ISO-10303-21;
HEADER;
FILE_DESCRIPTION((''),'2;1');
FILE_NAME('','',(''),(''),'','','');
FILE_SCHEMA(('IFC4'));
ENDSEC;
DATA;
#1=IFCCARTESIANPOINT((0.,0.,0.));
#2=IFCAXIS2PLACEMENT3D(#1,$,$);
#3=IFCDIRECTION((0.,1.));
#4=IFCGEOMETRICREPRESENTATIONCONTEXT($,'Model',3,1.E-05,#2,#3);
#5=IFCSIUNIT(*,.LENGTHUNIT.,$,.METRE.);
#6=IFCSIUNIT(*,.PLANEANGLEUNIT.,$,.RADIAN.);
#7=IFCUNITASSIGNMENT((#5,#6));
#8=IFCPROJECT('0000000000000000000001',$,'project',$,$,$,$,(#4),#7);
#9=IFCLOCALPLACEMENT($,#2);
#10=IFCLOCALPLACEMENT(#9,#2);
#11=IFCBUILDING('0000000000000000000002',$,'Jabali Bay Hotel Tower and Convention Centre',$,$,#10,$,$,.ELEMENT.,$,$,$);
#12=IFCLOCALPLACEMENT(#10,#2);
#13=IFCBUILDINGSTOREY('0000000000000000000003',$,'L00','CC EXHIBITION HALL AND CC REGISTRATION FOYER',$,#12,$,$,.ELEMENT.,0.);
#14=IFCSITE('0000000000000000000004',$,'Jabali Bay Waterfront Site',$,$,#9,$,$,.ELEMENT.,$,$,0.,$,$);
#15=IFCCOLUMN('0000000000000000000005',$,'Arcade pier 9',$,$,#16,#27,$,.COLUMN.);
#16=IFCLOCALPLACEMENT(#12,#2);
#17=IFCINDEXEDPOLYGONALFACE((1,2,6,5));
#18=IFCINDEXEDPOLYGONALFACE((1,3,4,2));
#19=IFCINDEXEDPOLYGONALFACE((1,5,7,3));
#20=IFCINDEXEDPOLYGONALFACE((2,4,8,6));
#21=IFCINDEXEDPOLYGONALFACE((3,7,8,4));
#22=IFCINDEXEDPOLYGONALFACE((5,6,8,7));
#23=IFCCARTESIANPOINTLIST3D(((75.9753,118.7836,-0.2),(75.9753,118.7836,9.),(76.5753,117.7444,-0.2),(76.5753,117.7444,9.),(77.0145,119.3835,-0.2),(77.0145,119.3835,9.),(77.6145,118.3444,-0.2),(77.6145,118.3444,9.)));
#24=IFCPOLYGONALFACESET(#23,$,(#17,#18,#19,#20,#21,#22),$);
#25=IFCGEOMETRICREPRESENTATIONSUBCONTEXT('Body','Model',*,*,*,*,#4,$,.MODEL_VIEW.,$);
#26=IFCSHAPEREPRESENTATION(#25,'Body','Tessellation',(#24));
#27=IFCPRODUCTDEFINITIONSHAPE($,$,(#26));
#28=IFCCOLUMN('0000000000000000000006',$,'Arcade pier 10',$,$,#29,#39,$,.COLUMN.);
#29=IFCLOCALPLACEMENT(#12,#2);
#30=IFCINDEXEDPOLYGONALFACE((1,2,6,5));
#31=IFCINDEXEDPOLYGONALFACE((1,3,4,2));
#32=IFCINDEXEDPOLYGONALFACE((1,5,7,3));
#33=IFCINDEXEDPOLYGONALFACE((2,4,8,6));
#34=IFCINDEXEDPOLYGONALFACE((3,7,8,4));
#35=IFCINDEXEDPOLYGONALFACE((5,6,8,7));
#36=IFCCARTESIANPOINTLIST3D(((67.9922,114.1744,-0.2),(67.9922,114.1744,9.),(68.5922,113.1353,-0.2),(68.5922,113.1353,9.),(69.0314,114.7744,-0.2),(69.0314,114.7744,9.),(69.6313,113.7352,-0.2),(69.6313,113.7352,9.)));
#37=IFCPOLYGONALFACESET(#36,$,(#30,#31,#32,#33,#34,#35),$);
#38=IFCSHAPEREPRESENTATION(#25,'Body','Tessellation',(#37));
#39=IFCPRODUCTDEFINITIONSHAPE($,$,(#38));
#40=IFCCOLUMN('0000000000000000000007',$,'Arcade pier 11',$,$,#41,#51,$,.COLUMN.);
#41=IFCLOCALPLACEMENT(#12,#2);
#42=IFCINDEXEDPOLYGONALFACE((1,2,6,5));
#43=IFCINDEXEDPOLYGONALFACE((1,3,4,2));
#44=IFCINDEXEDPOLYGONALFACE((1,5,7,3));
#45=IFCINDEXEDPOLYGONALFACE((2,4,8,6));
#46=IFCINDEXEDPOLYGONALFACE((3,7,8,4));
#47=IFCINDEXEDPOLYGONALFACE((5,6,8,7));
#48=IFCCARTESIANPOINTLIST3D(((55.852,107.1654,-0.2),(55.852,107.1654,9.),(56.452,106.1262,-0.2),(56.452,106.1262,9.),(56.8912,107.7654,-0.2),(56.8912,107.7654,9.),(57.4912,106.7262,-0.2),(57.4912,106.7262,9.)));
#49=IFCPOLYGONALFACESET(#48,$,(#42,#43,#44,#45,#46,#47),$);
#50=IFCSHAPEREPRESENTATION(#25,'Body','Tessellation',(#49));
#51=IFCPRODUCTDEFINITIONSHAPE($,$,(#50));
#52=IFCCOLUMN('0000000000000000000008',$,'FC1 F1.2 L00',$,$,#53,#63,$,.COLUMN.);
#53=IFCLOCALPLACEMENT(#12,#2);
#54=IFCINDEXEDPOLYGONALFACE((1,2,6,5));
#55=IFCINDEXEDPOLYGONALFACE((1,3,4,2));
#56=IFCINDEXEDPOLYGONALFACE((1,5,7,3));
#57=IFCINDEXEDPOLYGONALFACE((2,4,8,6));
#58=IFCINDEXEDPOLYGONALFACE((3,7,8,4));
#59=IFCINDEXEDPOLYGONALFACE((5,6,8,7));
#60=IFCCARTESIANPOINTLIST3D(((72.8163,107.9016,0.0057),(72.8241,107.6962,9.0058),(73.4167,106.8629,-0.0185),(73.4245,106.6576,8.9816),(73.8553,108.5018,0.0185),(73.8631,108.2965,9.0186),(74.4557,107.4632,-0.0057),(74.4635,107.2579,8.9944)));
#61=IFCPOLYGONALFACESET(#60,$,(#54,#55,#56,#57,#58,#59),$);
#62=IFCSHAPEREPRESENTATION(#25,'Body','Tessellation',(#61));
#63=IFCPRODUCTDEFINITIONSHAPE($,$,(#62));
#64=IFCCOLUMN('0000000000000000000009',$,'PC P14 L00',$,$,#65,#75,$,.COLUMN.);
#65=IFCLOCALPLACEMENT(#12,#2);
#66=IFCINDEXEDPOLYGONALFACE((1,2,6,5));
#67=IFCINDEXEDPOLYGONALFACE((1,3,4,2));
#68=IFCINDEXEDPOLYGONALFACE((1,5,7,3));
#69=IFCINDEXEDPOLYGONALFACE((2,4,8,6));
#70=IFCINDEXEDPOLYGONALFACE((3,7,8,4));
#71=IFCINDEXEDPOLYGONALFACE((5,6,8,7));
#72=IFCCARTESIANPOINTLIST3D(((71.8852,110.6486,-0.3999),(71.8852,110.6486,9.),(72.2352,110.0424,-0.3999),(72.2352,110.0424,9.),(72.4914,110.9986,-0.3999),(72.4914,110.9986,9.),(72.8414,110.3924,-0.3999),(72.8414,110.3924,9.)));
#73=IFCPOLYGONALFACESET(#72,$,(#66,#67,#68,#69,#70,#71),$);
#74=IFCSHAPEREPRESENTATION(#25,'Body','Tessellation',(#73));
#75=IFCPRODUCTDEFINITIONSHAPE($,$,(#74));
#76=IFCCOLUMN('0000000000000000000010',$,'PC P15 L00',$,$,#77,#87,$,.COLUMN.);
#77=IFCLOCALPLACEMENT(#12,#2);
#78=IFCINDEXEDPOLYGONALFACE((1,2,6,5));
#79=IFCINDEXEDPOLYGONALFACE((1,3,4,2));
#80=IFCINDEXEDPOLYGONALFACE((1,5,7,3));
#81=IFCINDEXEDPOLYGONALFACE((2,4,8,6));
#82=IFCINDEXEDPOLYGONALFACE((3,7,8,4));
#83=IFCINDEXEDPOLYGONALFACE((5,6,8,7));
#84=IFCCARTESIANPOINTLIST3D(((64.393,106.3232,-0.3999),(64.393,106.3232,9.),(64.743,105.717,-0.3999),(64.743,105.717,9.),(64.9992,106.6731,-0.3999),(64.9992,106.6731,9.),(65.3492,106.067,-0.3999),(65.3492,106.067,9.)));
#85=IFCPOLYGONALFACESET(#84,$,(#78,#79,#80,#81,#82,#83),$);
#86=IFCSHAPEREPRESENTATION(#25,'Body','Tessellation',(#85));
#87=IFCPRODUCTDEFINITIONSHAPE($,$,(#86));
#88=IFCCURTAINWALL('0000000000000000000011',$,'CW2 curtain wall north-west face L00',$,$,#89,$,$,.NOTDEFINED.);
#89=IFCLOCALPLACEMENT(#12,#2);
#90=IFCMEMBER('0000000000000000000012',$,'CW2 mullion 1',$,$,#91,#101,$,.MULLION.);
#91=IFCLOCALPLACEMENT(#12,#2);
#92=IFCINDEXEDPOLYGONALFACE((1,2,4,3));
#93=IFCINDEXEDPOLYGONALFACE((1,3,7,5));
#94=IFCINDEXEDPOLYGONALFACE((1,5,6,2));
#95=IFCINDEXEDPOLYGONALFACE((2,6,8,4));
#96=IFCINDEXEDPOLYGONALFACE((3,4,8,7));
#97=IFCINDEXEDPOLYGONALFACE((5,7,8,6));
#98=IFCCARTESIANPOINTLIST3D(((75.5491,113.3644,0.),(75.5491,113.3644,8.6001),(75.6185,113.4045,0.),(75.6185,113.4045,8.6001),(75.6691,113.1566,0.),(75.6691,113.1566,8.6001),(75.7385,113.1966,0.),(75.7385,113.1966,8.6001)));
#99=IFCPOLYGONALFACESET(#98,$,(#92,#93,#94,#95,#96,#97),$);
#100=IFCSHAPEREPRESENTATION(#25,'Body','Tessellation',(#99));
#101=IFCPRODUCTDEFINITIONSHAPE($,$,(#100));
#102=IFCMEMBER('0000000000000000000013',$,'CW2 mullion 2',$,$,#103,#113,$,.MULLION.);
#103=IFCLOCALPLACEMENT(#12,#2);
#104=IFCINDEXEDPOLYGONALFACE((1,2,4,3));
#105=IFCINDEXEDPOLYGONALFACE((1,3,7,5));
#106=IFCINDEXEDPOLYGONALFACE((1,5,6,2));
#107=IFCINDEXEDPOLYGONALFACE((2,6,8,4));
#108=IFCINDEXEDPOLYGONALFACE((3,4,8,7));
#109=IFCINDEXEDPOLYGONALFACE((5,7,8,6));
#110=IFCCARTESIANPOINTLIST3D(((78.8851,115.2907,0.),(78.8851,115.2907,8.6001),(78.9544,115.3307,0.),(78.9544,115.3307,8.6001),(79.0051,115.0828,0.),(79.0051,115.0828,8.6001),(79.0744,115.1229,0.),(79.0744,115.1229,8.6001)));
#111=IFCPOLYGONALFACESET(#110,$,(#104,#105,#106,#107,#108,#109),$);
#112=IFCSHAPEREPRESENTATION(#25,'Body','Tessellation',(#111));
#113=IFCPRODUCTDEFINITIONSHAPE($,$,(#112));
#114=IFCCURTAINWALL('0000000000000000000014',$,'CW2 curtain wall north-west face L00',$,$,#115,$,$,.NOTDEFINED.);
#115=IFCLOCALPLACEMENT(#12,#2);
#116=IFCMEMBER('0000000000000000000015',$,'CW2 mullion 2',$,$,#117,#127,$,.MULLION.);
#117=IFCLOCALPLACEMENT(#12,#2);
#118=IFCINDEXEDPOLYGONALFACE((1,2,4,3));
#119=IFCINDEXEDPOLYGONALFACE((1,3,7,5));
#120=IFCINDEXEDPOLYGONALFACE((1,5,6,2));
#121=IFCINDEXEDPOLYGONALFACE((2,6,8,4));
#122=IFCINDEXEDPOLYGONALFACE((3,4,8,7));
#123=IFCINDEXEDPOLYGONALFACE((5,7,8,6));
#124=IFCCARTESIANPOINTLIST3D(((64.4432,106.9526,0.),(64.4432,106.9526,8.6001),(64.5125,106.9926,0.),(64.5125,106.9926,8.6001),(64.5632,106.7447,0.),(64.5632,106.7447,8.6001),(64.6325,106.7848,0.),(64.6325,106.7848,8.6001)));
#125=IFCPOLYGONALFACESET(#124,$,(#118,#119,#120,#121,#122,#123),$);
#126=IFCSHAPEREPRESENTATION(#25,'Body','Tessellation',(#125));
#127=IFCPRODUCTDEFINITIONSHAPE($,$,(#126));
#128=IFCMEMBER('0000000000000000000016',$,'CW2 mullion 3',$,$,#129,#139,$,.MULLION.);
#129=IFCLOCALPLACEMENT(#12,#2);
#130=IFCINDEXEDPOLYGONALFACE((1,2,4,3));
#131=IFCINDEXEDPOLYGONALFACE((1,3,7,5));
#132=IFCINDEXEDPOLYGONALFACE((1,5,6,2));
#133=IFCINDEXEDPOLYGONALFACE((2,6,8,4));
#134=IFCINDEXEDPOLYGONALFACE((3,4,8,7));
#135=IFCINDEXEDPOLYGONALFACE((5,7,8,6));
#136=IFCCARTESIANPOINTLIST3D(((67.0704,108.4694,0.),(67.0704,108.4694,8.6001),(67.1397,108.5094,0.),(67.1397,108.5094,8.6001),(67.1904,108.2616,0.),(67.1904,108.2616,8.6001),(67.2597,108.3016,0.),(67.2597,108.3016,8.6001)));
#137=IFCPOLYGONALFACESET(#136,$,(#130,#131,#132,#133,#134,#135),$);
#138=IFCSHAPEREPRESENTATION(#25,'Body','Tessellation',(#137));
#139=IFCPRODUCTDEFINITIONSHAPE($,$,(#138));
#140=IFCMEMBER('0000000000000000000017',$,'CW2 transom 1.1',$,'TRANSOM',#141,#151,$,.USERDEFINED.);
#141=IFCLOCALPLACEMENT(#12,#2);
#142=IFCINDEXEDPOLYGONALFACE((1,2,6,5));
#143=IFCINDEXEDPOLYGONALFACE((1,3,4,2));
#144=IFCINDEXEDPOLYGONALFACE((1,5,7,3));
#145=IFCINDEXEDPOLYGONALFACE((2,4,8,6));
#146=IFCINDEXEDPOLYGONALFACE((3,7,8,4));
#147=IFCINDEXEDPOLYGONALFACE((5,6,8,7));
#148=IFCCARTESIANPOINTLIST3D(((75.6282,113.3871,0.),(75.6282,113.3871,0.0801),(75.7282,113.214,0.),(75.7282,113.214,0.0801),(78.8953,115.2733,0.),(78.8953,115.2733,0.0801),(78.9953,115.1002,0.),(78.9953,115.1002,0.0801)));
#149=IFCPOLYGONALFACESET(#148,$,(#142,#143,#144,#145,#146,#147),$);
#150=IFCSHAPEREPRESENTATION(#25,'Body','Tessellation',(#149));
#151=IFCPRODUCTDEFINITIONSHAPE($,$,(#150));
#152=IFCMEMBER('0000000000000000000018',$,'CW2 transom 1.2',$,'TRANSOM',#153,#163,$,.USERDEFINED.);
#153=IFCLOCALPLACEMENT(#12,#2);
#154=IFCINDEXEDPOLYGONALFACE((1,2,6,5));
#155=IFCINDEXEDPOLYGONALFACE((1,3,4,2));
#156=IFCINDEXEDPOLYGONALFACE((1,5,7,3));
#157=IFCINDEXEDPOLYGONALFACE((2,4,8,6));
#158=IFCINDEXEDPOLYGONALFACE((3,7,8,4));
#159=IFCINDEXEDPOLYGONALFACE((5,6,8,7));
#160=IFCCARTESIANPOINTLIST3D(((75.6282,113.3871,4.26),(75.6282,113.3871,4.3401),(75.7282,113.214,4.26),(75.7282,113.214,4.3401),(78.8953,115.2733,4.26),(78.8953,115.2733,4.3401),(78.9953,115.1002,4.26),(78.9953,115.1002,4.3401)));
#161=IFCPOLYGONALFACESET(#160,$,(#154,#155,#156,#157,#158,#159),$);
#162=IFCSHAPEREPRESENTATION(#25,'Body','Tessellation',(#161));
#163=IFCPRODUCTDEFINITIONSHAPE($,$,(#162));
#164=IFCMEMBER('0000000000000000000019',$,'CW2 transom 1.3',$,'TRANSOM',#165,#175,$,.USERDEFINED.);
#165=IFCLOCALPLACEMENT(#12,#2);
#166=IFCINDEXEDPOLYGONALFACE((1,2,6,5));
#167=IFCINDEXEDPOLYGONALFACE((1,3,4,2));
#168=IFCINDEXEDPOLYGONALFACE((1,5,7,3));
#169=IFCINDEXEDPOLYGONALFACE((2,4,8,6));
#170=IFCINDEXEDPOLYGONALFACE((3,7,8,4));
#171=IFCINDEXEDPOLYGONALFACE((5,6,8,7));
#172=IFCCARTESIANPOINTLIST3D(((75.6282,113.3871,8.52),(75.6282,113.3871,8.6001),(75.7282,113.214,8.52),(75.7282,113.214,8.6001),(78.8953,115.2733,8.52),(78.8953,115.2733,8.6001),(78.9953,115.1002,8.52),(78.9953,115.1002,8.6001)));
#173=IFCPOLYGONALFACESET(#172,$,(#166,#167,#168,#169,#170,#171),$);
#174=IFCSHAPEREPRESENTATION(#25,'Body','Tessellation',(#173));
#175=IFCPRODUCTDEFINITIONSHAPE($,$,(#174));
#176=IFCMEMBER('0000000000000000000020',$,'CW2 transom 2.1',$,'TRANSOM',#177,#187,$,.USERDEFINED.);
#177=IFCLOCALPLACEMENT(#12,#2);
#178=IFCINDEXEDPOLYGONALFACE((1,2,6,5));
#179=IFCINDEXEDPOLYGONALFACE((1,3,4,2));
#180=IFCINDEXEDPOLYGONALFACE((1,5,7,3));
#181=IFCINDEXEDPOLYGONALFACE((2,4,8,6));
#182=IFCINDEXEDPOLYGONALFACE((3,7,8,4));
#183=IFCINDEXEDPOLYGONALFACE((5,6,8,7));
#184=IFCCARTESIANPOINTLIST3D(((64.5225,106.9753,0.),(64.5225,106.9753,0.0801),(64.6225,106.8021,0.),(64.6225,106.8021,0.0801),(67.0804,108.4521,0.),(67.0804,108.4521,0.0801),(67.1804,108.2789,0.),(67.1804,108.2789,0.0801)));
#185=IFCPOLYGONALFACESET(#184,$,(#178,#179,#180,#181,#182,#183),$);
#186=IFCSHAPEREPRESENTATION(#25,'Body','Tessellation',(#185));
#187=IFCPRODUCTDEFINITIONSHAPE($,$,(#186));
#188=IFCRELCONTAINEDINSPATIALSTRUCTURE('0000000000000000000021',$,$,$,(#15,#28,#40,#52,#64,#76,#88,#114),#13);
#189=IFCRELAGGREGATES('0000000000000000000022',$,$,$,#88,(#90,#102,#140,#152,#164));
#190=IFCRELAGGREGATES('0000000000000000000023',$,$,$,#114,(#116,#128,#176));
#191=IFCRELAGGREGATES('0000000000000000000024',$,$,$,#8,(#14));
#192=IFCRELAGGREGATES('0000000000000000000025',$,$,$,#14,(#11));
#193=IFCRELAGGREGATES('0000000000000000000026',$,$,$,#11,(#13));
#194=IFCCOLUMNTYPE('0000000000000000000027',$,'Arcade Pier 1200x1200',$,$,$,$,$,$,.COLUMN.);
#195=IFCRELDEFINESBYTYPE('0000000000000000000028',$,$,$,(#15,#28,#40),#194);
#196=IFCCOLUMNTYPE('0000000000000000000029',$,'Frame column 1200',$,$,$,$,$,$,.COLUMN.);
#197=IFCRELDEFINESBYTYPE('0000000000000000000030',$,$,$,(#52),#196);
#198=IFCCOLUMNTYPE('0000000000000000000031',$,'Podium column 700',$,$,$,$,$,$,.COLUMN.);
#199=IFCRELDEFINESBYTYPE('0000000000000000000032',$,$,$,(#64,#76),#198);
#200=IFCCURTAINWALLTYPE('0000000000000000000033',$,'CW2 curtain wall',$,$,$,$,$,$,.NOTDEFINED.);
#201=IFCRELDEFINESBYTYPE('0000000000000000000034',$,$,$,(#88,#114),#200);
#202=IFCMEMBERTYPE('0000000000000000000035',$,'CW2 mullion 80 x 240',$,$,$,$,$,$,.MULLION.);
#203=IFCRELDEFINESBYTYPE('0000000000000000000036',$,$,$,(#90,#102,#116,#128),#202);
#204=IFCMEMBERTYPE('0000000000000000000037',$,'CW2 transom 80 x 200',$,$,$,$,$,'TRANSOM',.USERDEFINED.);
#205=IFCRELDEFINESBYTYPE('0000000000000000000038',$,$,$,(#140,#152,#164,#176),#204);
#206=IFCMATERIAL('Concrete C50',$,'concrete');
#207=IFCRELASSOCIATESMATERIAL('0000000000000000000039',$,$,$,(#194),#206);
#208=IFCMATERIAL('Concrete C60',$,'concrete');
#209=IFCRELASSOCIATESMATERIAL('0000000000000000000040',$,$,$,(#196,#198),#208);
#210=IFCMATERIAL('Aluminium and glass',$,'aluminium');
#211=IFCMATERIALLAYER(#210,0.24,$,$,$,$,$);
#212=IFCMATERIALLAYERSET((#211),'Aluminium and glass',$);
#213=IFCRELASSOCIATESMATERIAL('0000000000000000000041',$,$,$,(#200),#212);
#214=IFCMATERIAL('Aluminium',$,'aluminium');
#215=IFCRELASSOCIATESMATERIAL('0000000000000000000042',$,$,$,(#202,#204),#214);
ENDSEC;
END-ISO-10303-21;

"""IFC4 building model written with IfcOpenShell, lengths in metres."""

from ifc_helpers import new_model, si_unit, direction, frame, origin, origin_2d, place, context, subcontext, project, spatial, rectangle, extrude, material, layer, layer_set, material_profile, profile_set, type_object, element, aggregate, save


model = new_model("IFC4")

# Units and contexts
model_context = context("Model", 3, precision=1e-05, world=origin(), true_north=direction((0.0, 1.0)))
body_context = subcontext(model_context, "Body", "Model", "MODEL_VIEW")
ifc_project = project(units=[si_unit("LENGTHUNIT", "METRE"), si_unit("PLANEANGLEUNIT", "RADIAN")], contexts=[model_context])

# Site, building, storey
site_placement = place(None, origin())
site = spatial("IfcSite", under=ifc_project, at=site_placement, Name="Jabali Bay Waterfront Site", CompositionType="ELEMENT", RefElevation=0.0)
building_placement = place(site_placement, origin())
building = spatial("IfcBuilding", under=site, at=building_placement, Name="Jabali Bay Hotel Tower and Convention Centre", CompositionType="ELEMENT")
storey_placement = place(building_placement, origin())
storey = spatial("IfcBuildingStorey", under=building, at=storey_placement, Name="L00", Description="CC EXHIBITION HALL AND CC REGISTRATION FOYER", CompositionType="ELEMENT", Elevation=0.0)

# Columns
ifc_material_1 = material(Name="Concrete C50", Category="concrete")
ifc_material_profile_1 = material_profile(ifc_material_1, rectangle(XDim=1.2, YDim=1.2, at=origin_2d()), Name="RC 1200x1200")
ifc_profile_set_1 = profile_set([ifc_material_profile_1], Name="Concrete C50")
column_type_1 = type_object("IfcColumnType", Name="Arcade Pier 1200x1200", PredefinedType="COLUMN", material=ifc_profile_set_1)
for number, where, z_axis, x_axis, name in (
    (1, (76.7949, 118.564, -0.2), (0.0, 0.0, 1.0), (-0.866025, -0.5, 0.0), "Arcade pier 9"),
    (2, (68.8118, 113.9548, -0.2), (0.0, 0.0, 1.0), (-0.866025, -0.5, 0.0), "Arcade pier 10"),
    (3, (56.6716, 106.9458, -0.2), (0.0, 0.0, 1.0), (-0.866025, -0.5, 0.0), "Arcade pier 11"),
):
    element("IfcColumn", number, at=place(storey_placement, frame(where, z_axis=z_axis, x_axis=x_axis)), inside=storey, type_object=column_type_1, Name=name, PredefinedType="COLUMN", context=body_context, shape_type="SweptSolid", body=[
        extrude(rectangle(XDim=1.2, YDim=1.2, at=origin_2d()), origin(), (0.0, 0.0, 1.0), 9.2),
    ])
ifc_material_2 = material(Name="Concrete C60", Category="concrete")
ifc_material_profile_2 = material_profile(ifc_material_2, rectangle(XDim=1.2, YDim=1.2, at=origin_2d()), Name="Frame column 1200")
ifc_profile_set_2 = profile_set([ifc_material_profile_2], Name="Concrete C60")
column_type_2 = type_object("IfcColumnType", Name="Frame column 1200", PredefinedType="COLUMN", material=ifc_profile_set_2)
column_placement = place(storey_placement, frame((73.636, 107.6824, 0.0), z_axis=(0.000868, -0.022808, 0.999739), x_axis=(0.86582, 0.500243, 0.010661)))
element("IfcColumn", 4, at=column_placement, inside=storey, type_object=column_type_2, Name="FC1 F1.2 L00", PredefinedType="COLUMN", context=body_context, shape_type="SweptSolid", body=[
    extrude(rectangle(XDim=1.2, YDim=1.2, at=origin_2d()), origin(), (0.0, 0.0, 1.0), 9.0024),
])
ifc_material_profile_3 = material_profile(ifc_material_2, rectangle(XDim=0.7, YDim=0.7, at=origin_2d()), Name="Podium column 700")
ifc_profile_set_3 = profile_set([ifc_material_profile_3], Name="Concrete C60")
column_type_3 = type_object("IfcColumnType", Name="Podium column 700", PredefinedType="COLUMN", material=ifc_profile_set_3)
for number, where, z_axis, x_axis, name in (
    (5, (72.3633, 110.5205, -0.3999), (0.0, 0.0, 1.0), (0.866025, 0.5, 0.0), "PC P14 L00"),
    (6, (64.8711, 106.1951, -0.3999), (0.0, 0.0, 1.0), (0.866025, 0.5, 0.0), "PC P15 L00"),
):
    element("IfcColumn", number, at=place(storey_placement, frame(where, z_axis=z_axis, x_axis=x_axis)), inside=storey, type_object=column_type_3, Name=name, PredefinedType="COLUMN", context=body_context, shape_type="SweptSolid", body=[
        extrude(rectangle(XDim=0.7, YDim=0.7, at=origin_2d()), origin(), (0.0, 0.0, 1.0), 9.3999),
    ])

# Curtain walls, members
ifc_material_3 = material(Name="Aluminium and glass", Category="aluminium")
ifc_layer_1 = layer(ifc_material_3, 0.24)
ifc_layer_set_1 = layer_set([ifc_layer_1], Name="Aluminium and glass")
curtain_wall_type = type_object("IfcCurtainWallType", Name="CW2 curtain wall", PredefinedType="NOTDEFINED", material=ifc_layer_set_1)
curtain_wall_1_placement = place(storey_placement, origin())
curtain_wall_1 = element("IfcCurtainWall", 7, at=curtain_wall_1_placement, inside=storey, type_object=curtain_wall_type, Name="CW2 curtain wall north-west face L00", PredefinedType="NOTDEFINED")
ifc_material_4 = material(Name="Aluminium", Category="aluminium")
ifc_material_profile_4 = material_profile(ifc_material_4, rectangle(XDim=0.24, YDim=0.0801, at=origin_2d()), Name="CW2 mullion 80 x 240")
ifc_profile_set_4 = profile_set([ifc_material_profile_4], Name="Aluminium")
member_type_1 = type_object("IfcMemberType", Name="CW2 mullion 80 x 240", PredefinedType="MULLION", material=ifc_profile_set_4)
member_1_placement = place(storey_placement, frame((75.6438, 113.2805, 0.0), z_axis=(0.0, 0.0, 1.0), x_axis=(-0.5, 0.866025, 0.0)))
member_1 = element("IfcMember", 8, at=member_1_placement, type_object=member_type_1, Name="CW2 mullion 1", PredefinedType="MULLION", context=body_context, shape_type="SweptSolid", body=[
    extrude(rectangle(XDim=0.24, YDim=0.0801, at=origin_2d()), origin(), (0.0, 0.0, 1.0), 8.6001),
])
member_2_placement = place(storey_placement, frame((78.9797, 115.2068, 0.0), z_axis=(0.0, 0.0, 1.0), x_axis=(-0.5, 0.866025, 0.0)))
member_2 = element("IfcMember", 9, at=member_2_placement, type_object=member_type_1, Name="CW2 mullion 2", PredefinedType="MULLION", context=body_context, shape_type="SweptSolid", body=[
    extrude(rectangle(XDim=0.24, YDim=0.0801, at=origin_2d()), origin(), (0.0, 0.0, 1.0), 8.6001),
])
curtain_wall_2_placement = place(storey_placement, origin())
curtain_wall_2 = element("IfcCurtainWall", 10, at=curtain_wall_2_placement, inside=storey, type_object=curtain_wall_type, Name="CW2 curtain wall north-west face L00", PredefinedType="NOTDEFINED")
member_3_placement = place(storey_placement, frame((64.5378, 106.8687, 0.0), z_axis=(0.0, 0.0, 1.0), x_axis=(-0.5, 0.866025, 0.0)))
member_3 = element("IfcMember", 11, at=member_3_placement, type_object=member_type_1, Name="CW2 mullion 2", PredefinedType="MULLION", context=body_context, shape_type="SweptSolid", body=[
    extrude(rectangle(XDim=0.24, YDim=0.0801, at=origin_2d()), origin(), (0.0, 0.0, 1.0), 8.6001),
])
member_4_placement = place(storey_placement, frame((67.165, 108.3855, 0.0), z_axis=(0.0, 0.0, 1.0), x_axis=(-0.5, 0.866025, 0.0)))
member_4 = element("IfcMember", 12, at=member_4_placement, type_object=member_type_1, Name="CW2 mullion 3", PredefinedType="MULLION", context=body_context, shape_type="SweptSolid", body=[
    extrude(rectangle(XDim=0.24, YDim=0.0801, at=origin_2d()), origin(), (0.0, 0.0, 1.0), 8.6001),
])

# Members
ifc_material_profile_5 = material_profile(ifc_material_4, rectangle(XDim=0.2, YDim=0.0801, at=origin_2d()), Name="CW2 transom 80 x 200")
ifc_profile_set_5 = profile_set([ifc_material_profile_5], Name="Aluminium")
member_type_2 = type_object("IfcMemberType", Name="CW2 transom 80 x 200", ElementType="TRANSOM", PredefinedType="USERDEFINED", material=ifc_profile_set_5)
member_5_placement = place(storey_placement, frame((75.6782, 113.3005, 0.04), z_axis=(0.866028, 0.499995, 0.0), x_axis=(-0.499995, 0.866028, 0.0)))
member_5 = element("IfcMember", 13, at=member_5_placement, type_object=member_type_2, Name="CW2 transom 1.1", ObjectType="TRANSOM", PredefinedType="USERDEFINED", context=body_context, shape_type="SweptSolid", body=[
    extrude(rectangle(XDim=0.2, YDim=0.0801, at=origin_2d()), origin(), (0.0, 0.0, 1.0), 3.7725),
])
member_6_placement = place(storey_placement, frame((75.6782, 113.3005, 4.3), z_axis=(0.866028, 0.499995, 0.0), x_axis=(-0.499995, 0.866028, 0.0)))
member_6 = element("IfcMember", 14, at=member_6_placement, type_object=member_type_2, Name="CW2 transom 1.2", ObjectType="TRANSOM", PredefinedType="USERDEFINED", context=body_context, shape_type="SweptSolid", body=[
    extrude(rectangle(XDim=0.2, YDim=0.0801, at=origin_2d()), origin(), (0.0, 0.0, 1.0), 3.7725),
])
member_7_placement = place(storey_placement, frame((75.6782, 113.3005, 8.5601), z_axis=(0.866028, 0.499995, 0.0), x_axis=(-0.499995, 0.866028, 0.0)))
member_7 = element("IfcMember", 15, at=member_7_placement, type_object=member_type_2, Name="CW2 transom 1.3", ObjectType="TRANSOM", PredefinedType="USERDEFINED", context=body_context, shape_type="SweptSolid", body=[
    extrude(rectangle(XDim=0.2, YDim=0.0801, at=origin_2d()), origin(), (0.0, 0.0, 1.0), 3.7725),
])
member_8_placement = place(storey_placement, frame((64.5725, 106.8887, 0.04), z_axis=(0.866022, 0.500006, 0.0), x_axis=(-0.500006, 0.866022, 0.0)))
member_8 = element("IfcMember", 16, at=member_8_placement, type_object=member_type_2, Name="CW2 transom 2.1", ObjectType="TRANSOM", PredefinedType="USERDEFINED", context=body_context, shape_type="SweptSolid", body=[
    extrude(rectangle(XDim=0.2, YDim=0.0801, at=origin_2d()), origin(), (0.0, 0.0, 1.0), 2.9536),
])

aggregate(curtain_wall_1, [member_1, member_2, member_5, member_6, member_7])
aggregate(curtain_wall_2, [member_3, member_4, member_8])

save(model, "model.ifc")
